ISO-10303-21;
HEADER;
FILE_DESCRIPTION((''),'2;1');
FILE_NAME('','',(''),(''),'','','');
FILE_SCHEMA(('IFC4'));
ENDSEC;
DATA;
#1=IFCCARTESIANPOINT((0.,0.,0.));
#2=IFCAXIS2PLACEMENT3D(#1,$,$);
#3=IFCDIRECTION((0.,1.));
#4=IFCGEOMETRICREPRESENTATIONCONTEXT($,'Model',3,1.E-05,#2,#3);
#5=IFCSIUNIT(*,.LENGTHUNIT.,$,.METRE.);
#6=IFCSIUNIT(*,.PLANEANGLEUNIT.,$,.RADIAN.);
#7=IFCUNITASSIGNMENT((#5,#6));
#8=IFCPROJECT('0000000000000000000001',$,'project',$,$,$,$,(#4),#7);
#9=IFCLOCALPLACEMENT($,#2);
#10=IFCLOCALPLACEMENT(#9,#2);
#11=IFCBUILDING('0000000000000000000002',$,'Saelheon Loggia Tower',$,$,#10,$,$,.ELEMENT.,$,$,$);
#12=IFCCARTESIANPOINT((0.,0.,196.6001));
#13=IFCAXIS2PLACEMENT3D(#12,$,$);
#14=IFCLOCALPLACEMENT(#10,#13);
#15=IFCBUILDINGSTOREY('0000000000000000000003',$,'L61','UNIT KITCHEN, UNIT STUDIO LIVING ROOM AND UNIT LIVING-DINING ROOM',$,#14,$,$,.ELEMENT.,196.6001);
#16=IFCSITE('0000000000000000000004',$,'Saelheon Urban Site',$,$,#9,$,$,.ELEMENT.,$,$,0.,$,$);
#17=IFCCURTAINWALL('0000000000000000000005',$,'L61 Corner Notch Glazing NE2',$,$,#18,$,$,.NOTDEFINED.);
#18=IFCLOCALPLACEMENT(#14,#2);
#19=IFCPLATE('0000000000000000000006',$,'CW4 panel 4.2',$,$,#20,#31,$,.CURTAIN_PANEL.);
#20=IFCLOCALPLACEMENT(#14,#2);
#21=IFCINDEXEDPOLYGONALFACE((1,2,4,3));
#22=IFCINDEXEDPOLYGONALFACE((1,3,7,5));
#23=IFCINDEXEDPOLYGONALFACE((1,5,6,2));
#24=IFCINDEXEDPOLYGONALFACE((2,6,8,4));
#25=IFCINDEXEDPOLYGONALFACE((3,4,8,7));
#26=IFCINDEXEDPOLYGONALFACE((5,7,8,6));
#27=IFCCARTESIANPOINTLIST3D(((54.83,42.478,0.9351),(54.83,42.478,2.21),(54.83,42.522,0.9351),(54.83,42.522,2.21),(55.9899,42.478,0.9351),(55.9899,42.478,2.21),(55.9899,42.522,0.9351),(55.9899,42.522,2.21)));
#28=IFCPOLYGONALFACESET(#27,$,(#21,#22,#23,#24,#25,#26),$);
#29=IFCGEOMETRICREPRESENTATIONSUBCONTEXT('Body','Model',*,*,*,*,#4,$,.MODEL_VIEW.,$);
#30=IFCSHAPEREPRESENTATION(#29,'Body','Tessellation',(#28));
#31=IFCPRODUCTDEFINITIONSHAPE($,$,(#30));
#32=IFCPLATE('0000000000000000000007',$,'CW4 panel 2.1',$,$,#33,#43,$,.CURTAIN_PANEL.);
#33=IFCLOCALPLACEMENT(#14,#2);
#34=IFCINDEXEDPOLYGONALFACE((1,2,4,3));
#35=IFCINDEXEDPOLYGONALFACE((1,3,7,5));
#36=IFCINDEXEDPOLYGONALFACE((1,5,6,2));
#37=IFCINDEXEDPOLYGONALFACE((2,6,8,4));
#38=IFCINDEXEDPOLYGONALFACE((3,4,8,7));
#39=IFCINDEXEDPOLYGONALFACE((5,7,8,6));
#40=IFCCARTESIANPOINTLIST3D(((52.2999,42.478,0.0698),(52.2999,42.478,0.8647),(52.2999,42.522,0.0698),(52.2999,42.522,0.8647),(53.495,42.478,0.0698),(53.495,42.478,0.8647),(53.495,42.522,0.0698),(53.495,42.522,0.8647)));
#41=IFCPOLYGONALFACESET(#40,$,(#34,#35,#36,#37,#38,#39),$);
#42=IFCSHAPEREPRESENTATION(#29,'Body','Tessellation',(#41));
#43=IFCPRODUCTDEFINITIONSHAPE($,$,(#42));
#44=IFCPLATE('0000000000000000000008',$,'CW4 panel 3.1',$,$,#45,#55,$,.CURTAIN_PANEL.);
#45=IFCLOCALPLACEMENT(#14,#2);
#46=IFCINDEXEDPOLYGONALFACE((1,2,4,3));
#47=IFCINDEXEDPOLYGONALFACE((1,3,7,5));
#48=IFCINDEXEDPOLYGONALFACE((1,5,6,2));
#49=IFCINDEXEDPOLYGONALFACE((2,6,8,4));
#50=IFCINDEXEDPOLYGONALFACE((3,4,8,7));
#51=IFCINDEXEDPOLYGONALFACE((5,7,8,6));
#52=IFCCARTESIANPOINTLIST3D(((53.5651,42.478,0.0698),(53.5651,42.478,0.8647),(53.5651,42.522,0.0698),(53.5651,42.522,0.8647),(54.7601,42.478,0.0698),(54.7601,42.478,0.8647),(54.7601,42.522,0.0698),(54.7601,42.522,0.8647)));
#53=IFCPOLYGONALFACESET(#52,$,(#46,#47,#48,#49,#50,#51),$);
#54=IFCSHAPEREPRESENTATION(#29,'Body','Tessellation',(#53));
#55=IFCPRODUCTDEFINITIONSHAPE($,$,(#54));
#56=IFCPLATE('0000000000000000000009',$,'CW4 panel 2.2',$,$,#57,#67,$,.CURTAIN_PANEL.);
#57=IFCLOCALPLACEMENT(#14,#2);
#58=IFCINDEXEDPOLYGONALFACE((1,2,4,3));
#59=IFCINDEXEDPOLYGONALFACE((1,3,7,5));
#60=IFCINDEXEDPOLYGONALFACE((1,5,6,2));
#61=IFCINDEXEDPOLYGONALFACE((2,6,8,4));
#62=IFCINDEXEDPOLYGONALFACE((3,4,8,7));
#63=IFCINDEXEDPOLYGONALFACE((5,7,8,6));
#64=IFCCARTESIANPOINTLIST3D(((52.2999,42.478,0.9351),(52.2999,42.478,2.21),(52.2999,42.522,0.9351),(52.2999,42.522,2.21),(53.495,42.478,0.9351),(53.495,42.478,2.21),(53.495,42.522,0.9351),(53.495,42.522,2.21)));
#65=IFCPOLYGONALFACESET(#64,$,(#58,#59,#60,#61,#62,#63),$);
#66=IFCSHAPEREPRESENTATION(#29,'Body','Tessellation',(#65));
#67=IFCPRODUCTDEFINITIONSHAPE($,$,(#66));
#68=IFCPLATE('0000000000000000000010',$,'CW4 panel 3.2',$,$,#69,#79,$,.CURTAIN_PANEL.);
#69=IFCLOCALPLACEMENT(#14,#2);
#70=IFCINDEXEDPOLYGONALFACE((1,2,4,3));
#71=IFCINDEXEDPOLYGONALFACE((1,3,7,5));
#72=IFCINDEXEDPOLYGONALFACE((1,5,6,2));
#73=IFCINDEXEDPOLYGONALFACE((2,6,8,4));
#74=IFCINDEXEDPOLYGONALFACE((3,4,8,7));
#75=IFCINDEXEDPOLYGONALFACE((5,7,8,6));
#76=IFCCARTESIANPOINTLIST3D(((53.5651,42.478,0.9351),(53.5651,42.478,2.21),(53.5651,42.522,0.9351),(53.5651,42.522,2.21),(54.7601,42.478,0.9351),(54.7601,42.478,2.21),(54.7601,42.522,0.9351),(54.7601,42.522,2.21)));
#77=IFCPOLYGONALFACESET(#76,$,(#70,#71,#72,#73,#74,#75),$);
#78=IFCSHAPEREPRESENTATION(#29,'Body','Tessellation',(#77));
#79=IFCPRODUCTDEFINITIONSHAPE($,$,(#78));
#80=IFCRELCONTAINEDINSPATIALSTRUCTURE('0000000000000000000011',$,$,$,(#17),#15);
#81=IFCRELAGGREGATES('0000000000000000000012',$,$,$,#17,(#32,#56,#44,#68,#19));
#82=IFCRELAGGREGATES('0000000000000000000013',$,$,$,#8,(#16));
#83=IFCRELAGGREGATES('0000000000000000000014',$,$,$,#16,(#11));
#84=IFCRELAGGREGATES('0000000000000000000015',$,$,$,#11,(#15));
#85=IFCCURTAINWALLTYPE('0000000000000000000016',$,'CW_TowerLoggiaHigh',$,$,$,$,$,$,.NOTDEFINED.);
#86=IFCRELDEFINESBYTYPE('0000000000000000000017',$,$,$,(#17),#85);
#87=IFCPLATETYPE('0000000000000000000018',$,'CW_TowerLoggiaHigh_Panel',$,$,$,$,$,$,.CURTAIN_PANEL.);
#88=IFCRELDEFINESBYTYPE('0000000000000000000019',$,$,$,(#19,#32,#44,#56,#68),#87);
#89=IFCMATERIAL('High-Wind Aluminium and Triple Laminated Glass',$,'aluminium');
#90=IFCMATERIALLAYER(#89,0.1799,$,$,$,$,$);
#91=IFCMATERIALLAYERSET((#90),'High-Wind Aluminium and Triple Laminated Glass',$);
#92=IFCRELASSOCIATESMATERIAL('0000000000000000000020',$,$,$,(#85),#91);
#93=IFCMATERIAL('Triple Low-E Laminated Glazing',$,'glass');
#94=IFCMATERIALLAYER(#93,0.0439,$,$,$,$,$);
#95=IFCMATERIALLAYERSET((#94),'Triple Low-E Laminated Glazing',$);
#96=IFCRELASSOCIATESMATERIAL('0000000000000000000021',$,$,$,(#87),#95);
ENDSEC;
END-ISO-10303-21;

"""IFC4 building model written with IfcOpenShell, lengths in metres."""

from ifc_helpers import new_model, si_unit, direction, frame, origin, origin_2d, place, context, subcontext, project, spatial, rectangle, extrude, source, transform, mapped, material, layer, layer_set, type_object, element, aggregate, save


model = new_model("IFC4")

# Units and contexts
model_context = context("Model", 3, precision=1e-05, world=origin(), true_north=direction((0.0, 1.0)))
body_context = subcontext(model_context, "Body", "Model", "MODEL_VIEW")
ifc_project = project(units=[si_unit("LENGTHUNIT", "METRE"), si_unit("PLANEANGLEUNIT", "RADIAN")], contexts=[model_context])

# Site, building, storey
site_placement = place(None, origin())
site = spatial("IfcSite", under=ifc_project, at=site_placement, Name="Saelheon Urban Site", CompositionType="ELEMENT", RefElevation=0.0)
building_placement = place(site_placement, origin())
building = spatial("IfcBuilding", under=site, at=building_placement, Name="Saelheon Loggia Tower", CompositionType="ELEMENT")
storey_placement = place(building_placement, frame((0.0, 0.0, 196.6001)))
storey = spatial("IfcBuildingStorey", under=building, at=storey_placement, Name="L61", Description="UNIT KITCHEN, UNIT STUDIO LIVING ROOM AND UNIT LIVING-DINING ROOM", CompositionType="ELEMENT", Elevation=196.6001)

# Shared definitions
ifc_material_1 = material(Name="High-Wind Aluminium and Triple Laminated Glass", Category="aluminium")
ifc_layer_1 = layer(ifc_material_1, 0.1799)
ifc_layer_set_1 = layer_set([ifc_layer_1], Name="High-Wind Aluminium and Triple Laminated Glass")
curtain_wall_type = type_object("IfcCurtainWallType", Name="CW_TowerLoggiaHigh", PredefinedType="NOTDEFINED", material=ifc_layer_set_1)

# Curtain wall
curtain_wall_1_placement = place(storey_placement, origin())
curtain_wall_1 = element("IfcCurtainWall", 1, at=curtain_wall_1_placement, inside=storey, type_object=curtain_wall_type, Name="L61 Corner Notch Glazing NE2", PredefinedType="NOTDEFINED")

# Plates
ifc_material_2 = material(Name="Triple Low-E Laminated Glazing", Category="glass")
ifc_layer_2 = layer(ifc_material_2, 0.0439)
ifc_layer_set_2 = layer_set([ifc_layer_2], Name="Triple Low-E Laminated Glazing")
plate_type = type_object("IfcPlateType", Name="CW_TowerLoggiaHigh_Panel", PredefinedType="CURTAIN_PANEL", material=ifc_layer_set_2)
shared_shape_1 = source(origin(), body_context, "Body", "SweptSolid", [
    extrude(rectangle(XDim=1.1599, YDim=0.0439, at=origin_2d()), origin(), (0.0, 0.0, 1.0), 1.2749),
])
plate_1_placement = place(storey_placement, frame((55.4099, 42.5, 0.9351), z_axis=(0.0, 0.0, 1.0), x_axis=(1.0, 0.0, 0.0)))
plate_1 = element("IfcPlate", 2, at=plate_1_placement, type_object=plate_type, Name="CW4 panel 4.2", PredefinedType="CURTAIN_PANEL", context=body_context, shape_type="MappedRepresentation", body=[
    mapped(shared_shape_1, transform((0.0, 0.0, 0.0), scale=1.0)),
])
shared_shape_2 = source(origin(), body_context, "Body", "SweptSolid", [
    extrude(rectangle(XDim=1.1951, YDim=0.0439, at=origin_2d()), origin(), (0.0, 0.0, 1.0), 0.7949),
])
plate_2_placement = place(storey_placement, frame((52.8975, 42.5, 0.0698), z_axis=(0.0, 0.0, 1.0), x_axis=(1.0, 0.0, 0.0)))
plate_2 = element("IfcPlate", 3, at=plate_2_placement, type_object=plate_type, Name="CW4 panel 2.1", PredefinedType="CURTAIN_PANEL", context=body_context, shape_type="MappedRepresentation", body=[
    mapped(shared_shape_2, transform((0.0, 0.0, 0.0), scale=1.0)),
])
plate_3_placement = place(storey_placement, frame((54.1626, 42.5, 0.0698), z_axis=(0.0, 0.0, 1.0), x_axis=(1.0, 0.0, 0.0)))
plate_3 = element("IfcPlate", 4, at=plate_3_placement, type_object=plate_type, Name="CW4 panel 3.1", PredefinedType="CURTAIN_PANEL", context=body_context, shape_type="MappedRepresentation", body=[
    mapped(shared_shape_2, transform((0.0, 0.0, 0.0), scale=1.0)),
])
shared_shape_3 = source(origin(), body_context, "Body", "SweptSolid", [
    extrude(rectangle(XDim=1.1951, YDim=0.0439, at=origin_2d()), origin(), (0.0, 0.0, 1.0), 1.2749),
])
plate_4_placement = place(storey_placement, frame((52.8975, 42.5, 0.9351), z_axis=(0.0, 0.0, 1.0), x_axis=(1.0, 0.0, 0.0)))
plate_4 = element("IfcPlate", 5, at=plate_4_placement, type_object=plate_type, Name="CW4 panel 2.2", PredefinedType="CURTAIN_PANEL", context=body_context, shape_type="MappedRepresentation", body=[
    mapped(shared_shape_3, transform((0.0, 0.0, 0.0), scale=1.0)),
])
plate_5_placement = place(storey_placement, frame((54.1626, 42.5, 0.9351), z_axis=(0.0, 0.0, 1.0), x_axis=(1.0, 0.0, 0.0)))
plate_5 = element("IfcPlate", 6, at=plate_5_placement, type_object=plate_type, Name="CW4 panel 3.2", PredefinedType="CURTAIN_PANEL", context=body_context, shape_type="MappedRepresentation", body=[
    mapped(shared_shape_3, transform((0.0, 0.0, 0.0), scale=1.0)),
])
aggregate(curtain_wall_1, [plate_2, plate_4, plate_3, plate_5, plate_1])

save(model, "model.ifc")
